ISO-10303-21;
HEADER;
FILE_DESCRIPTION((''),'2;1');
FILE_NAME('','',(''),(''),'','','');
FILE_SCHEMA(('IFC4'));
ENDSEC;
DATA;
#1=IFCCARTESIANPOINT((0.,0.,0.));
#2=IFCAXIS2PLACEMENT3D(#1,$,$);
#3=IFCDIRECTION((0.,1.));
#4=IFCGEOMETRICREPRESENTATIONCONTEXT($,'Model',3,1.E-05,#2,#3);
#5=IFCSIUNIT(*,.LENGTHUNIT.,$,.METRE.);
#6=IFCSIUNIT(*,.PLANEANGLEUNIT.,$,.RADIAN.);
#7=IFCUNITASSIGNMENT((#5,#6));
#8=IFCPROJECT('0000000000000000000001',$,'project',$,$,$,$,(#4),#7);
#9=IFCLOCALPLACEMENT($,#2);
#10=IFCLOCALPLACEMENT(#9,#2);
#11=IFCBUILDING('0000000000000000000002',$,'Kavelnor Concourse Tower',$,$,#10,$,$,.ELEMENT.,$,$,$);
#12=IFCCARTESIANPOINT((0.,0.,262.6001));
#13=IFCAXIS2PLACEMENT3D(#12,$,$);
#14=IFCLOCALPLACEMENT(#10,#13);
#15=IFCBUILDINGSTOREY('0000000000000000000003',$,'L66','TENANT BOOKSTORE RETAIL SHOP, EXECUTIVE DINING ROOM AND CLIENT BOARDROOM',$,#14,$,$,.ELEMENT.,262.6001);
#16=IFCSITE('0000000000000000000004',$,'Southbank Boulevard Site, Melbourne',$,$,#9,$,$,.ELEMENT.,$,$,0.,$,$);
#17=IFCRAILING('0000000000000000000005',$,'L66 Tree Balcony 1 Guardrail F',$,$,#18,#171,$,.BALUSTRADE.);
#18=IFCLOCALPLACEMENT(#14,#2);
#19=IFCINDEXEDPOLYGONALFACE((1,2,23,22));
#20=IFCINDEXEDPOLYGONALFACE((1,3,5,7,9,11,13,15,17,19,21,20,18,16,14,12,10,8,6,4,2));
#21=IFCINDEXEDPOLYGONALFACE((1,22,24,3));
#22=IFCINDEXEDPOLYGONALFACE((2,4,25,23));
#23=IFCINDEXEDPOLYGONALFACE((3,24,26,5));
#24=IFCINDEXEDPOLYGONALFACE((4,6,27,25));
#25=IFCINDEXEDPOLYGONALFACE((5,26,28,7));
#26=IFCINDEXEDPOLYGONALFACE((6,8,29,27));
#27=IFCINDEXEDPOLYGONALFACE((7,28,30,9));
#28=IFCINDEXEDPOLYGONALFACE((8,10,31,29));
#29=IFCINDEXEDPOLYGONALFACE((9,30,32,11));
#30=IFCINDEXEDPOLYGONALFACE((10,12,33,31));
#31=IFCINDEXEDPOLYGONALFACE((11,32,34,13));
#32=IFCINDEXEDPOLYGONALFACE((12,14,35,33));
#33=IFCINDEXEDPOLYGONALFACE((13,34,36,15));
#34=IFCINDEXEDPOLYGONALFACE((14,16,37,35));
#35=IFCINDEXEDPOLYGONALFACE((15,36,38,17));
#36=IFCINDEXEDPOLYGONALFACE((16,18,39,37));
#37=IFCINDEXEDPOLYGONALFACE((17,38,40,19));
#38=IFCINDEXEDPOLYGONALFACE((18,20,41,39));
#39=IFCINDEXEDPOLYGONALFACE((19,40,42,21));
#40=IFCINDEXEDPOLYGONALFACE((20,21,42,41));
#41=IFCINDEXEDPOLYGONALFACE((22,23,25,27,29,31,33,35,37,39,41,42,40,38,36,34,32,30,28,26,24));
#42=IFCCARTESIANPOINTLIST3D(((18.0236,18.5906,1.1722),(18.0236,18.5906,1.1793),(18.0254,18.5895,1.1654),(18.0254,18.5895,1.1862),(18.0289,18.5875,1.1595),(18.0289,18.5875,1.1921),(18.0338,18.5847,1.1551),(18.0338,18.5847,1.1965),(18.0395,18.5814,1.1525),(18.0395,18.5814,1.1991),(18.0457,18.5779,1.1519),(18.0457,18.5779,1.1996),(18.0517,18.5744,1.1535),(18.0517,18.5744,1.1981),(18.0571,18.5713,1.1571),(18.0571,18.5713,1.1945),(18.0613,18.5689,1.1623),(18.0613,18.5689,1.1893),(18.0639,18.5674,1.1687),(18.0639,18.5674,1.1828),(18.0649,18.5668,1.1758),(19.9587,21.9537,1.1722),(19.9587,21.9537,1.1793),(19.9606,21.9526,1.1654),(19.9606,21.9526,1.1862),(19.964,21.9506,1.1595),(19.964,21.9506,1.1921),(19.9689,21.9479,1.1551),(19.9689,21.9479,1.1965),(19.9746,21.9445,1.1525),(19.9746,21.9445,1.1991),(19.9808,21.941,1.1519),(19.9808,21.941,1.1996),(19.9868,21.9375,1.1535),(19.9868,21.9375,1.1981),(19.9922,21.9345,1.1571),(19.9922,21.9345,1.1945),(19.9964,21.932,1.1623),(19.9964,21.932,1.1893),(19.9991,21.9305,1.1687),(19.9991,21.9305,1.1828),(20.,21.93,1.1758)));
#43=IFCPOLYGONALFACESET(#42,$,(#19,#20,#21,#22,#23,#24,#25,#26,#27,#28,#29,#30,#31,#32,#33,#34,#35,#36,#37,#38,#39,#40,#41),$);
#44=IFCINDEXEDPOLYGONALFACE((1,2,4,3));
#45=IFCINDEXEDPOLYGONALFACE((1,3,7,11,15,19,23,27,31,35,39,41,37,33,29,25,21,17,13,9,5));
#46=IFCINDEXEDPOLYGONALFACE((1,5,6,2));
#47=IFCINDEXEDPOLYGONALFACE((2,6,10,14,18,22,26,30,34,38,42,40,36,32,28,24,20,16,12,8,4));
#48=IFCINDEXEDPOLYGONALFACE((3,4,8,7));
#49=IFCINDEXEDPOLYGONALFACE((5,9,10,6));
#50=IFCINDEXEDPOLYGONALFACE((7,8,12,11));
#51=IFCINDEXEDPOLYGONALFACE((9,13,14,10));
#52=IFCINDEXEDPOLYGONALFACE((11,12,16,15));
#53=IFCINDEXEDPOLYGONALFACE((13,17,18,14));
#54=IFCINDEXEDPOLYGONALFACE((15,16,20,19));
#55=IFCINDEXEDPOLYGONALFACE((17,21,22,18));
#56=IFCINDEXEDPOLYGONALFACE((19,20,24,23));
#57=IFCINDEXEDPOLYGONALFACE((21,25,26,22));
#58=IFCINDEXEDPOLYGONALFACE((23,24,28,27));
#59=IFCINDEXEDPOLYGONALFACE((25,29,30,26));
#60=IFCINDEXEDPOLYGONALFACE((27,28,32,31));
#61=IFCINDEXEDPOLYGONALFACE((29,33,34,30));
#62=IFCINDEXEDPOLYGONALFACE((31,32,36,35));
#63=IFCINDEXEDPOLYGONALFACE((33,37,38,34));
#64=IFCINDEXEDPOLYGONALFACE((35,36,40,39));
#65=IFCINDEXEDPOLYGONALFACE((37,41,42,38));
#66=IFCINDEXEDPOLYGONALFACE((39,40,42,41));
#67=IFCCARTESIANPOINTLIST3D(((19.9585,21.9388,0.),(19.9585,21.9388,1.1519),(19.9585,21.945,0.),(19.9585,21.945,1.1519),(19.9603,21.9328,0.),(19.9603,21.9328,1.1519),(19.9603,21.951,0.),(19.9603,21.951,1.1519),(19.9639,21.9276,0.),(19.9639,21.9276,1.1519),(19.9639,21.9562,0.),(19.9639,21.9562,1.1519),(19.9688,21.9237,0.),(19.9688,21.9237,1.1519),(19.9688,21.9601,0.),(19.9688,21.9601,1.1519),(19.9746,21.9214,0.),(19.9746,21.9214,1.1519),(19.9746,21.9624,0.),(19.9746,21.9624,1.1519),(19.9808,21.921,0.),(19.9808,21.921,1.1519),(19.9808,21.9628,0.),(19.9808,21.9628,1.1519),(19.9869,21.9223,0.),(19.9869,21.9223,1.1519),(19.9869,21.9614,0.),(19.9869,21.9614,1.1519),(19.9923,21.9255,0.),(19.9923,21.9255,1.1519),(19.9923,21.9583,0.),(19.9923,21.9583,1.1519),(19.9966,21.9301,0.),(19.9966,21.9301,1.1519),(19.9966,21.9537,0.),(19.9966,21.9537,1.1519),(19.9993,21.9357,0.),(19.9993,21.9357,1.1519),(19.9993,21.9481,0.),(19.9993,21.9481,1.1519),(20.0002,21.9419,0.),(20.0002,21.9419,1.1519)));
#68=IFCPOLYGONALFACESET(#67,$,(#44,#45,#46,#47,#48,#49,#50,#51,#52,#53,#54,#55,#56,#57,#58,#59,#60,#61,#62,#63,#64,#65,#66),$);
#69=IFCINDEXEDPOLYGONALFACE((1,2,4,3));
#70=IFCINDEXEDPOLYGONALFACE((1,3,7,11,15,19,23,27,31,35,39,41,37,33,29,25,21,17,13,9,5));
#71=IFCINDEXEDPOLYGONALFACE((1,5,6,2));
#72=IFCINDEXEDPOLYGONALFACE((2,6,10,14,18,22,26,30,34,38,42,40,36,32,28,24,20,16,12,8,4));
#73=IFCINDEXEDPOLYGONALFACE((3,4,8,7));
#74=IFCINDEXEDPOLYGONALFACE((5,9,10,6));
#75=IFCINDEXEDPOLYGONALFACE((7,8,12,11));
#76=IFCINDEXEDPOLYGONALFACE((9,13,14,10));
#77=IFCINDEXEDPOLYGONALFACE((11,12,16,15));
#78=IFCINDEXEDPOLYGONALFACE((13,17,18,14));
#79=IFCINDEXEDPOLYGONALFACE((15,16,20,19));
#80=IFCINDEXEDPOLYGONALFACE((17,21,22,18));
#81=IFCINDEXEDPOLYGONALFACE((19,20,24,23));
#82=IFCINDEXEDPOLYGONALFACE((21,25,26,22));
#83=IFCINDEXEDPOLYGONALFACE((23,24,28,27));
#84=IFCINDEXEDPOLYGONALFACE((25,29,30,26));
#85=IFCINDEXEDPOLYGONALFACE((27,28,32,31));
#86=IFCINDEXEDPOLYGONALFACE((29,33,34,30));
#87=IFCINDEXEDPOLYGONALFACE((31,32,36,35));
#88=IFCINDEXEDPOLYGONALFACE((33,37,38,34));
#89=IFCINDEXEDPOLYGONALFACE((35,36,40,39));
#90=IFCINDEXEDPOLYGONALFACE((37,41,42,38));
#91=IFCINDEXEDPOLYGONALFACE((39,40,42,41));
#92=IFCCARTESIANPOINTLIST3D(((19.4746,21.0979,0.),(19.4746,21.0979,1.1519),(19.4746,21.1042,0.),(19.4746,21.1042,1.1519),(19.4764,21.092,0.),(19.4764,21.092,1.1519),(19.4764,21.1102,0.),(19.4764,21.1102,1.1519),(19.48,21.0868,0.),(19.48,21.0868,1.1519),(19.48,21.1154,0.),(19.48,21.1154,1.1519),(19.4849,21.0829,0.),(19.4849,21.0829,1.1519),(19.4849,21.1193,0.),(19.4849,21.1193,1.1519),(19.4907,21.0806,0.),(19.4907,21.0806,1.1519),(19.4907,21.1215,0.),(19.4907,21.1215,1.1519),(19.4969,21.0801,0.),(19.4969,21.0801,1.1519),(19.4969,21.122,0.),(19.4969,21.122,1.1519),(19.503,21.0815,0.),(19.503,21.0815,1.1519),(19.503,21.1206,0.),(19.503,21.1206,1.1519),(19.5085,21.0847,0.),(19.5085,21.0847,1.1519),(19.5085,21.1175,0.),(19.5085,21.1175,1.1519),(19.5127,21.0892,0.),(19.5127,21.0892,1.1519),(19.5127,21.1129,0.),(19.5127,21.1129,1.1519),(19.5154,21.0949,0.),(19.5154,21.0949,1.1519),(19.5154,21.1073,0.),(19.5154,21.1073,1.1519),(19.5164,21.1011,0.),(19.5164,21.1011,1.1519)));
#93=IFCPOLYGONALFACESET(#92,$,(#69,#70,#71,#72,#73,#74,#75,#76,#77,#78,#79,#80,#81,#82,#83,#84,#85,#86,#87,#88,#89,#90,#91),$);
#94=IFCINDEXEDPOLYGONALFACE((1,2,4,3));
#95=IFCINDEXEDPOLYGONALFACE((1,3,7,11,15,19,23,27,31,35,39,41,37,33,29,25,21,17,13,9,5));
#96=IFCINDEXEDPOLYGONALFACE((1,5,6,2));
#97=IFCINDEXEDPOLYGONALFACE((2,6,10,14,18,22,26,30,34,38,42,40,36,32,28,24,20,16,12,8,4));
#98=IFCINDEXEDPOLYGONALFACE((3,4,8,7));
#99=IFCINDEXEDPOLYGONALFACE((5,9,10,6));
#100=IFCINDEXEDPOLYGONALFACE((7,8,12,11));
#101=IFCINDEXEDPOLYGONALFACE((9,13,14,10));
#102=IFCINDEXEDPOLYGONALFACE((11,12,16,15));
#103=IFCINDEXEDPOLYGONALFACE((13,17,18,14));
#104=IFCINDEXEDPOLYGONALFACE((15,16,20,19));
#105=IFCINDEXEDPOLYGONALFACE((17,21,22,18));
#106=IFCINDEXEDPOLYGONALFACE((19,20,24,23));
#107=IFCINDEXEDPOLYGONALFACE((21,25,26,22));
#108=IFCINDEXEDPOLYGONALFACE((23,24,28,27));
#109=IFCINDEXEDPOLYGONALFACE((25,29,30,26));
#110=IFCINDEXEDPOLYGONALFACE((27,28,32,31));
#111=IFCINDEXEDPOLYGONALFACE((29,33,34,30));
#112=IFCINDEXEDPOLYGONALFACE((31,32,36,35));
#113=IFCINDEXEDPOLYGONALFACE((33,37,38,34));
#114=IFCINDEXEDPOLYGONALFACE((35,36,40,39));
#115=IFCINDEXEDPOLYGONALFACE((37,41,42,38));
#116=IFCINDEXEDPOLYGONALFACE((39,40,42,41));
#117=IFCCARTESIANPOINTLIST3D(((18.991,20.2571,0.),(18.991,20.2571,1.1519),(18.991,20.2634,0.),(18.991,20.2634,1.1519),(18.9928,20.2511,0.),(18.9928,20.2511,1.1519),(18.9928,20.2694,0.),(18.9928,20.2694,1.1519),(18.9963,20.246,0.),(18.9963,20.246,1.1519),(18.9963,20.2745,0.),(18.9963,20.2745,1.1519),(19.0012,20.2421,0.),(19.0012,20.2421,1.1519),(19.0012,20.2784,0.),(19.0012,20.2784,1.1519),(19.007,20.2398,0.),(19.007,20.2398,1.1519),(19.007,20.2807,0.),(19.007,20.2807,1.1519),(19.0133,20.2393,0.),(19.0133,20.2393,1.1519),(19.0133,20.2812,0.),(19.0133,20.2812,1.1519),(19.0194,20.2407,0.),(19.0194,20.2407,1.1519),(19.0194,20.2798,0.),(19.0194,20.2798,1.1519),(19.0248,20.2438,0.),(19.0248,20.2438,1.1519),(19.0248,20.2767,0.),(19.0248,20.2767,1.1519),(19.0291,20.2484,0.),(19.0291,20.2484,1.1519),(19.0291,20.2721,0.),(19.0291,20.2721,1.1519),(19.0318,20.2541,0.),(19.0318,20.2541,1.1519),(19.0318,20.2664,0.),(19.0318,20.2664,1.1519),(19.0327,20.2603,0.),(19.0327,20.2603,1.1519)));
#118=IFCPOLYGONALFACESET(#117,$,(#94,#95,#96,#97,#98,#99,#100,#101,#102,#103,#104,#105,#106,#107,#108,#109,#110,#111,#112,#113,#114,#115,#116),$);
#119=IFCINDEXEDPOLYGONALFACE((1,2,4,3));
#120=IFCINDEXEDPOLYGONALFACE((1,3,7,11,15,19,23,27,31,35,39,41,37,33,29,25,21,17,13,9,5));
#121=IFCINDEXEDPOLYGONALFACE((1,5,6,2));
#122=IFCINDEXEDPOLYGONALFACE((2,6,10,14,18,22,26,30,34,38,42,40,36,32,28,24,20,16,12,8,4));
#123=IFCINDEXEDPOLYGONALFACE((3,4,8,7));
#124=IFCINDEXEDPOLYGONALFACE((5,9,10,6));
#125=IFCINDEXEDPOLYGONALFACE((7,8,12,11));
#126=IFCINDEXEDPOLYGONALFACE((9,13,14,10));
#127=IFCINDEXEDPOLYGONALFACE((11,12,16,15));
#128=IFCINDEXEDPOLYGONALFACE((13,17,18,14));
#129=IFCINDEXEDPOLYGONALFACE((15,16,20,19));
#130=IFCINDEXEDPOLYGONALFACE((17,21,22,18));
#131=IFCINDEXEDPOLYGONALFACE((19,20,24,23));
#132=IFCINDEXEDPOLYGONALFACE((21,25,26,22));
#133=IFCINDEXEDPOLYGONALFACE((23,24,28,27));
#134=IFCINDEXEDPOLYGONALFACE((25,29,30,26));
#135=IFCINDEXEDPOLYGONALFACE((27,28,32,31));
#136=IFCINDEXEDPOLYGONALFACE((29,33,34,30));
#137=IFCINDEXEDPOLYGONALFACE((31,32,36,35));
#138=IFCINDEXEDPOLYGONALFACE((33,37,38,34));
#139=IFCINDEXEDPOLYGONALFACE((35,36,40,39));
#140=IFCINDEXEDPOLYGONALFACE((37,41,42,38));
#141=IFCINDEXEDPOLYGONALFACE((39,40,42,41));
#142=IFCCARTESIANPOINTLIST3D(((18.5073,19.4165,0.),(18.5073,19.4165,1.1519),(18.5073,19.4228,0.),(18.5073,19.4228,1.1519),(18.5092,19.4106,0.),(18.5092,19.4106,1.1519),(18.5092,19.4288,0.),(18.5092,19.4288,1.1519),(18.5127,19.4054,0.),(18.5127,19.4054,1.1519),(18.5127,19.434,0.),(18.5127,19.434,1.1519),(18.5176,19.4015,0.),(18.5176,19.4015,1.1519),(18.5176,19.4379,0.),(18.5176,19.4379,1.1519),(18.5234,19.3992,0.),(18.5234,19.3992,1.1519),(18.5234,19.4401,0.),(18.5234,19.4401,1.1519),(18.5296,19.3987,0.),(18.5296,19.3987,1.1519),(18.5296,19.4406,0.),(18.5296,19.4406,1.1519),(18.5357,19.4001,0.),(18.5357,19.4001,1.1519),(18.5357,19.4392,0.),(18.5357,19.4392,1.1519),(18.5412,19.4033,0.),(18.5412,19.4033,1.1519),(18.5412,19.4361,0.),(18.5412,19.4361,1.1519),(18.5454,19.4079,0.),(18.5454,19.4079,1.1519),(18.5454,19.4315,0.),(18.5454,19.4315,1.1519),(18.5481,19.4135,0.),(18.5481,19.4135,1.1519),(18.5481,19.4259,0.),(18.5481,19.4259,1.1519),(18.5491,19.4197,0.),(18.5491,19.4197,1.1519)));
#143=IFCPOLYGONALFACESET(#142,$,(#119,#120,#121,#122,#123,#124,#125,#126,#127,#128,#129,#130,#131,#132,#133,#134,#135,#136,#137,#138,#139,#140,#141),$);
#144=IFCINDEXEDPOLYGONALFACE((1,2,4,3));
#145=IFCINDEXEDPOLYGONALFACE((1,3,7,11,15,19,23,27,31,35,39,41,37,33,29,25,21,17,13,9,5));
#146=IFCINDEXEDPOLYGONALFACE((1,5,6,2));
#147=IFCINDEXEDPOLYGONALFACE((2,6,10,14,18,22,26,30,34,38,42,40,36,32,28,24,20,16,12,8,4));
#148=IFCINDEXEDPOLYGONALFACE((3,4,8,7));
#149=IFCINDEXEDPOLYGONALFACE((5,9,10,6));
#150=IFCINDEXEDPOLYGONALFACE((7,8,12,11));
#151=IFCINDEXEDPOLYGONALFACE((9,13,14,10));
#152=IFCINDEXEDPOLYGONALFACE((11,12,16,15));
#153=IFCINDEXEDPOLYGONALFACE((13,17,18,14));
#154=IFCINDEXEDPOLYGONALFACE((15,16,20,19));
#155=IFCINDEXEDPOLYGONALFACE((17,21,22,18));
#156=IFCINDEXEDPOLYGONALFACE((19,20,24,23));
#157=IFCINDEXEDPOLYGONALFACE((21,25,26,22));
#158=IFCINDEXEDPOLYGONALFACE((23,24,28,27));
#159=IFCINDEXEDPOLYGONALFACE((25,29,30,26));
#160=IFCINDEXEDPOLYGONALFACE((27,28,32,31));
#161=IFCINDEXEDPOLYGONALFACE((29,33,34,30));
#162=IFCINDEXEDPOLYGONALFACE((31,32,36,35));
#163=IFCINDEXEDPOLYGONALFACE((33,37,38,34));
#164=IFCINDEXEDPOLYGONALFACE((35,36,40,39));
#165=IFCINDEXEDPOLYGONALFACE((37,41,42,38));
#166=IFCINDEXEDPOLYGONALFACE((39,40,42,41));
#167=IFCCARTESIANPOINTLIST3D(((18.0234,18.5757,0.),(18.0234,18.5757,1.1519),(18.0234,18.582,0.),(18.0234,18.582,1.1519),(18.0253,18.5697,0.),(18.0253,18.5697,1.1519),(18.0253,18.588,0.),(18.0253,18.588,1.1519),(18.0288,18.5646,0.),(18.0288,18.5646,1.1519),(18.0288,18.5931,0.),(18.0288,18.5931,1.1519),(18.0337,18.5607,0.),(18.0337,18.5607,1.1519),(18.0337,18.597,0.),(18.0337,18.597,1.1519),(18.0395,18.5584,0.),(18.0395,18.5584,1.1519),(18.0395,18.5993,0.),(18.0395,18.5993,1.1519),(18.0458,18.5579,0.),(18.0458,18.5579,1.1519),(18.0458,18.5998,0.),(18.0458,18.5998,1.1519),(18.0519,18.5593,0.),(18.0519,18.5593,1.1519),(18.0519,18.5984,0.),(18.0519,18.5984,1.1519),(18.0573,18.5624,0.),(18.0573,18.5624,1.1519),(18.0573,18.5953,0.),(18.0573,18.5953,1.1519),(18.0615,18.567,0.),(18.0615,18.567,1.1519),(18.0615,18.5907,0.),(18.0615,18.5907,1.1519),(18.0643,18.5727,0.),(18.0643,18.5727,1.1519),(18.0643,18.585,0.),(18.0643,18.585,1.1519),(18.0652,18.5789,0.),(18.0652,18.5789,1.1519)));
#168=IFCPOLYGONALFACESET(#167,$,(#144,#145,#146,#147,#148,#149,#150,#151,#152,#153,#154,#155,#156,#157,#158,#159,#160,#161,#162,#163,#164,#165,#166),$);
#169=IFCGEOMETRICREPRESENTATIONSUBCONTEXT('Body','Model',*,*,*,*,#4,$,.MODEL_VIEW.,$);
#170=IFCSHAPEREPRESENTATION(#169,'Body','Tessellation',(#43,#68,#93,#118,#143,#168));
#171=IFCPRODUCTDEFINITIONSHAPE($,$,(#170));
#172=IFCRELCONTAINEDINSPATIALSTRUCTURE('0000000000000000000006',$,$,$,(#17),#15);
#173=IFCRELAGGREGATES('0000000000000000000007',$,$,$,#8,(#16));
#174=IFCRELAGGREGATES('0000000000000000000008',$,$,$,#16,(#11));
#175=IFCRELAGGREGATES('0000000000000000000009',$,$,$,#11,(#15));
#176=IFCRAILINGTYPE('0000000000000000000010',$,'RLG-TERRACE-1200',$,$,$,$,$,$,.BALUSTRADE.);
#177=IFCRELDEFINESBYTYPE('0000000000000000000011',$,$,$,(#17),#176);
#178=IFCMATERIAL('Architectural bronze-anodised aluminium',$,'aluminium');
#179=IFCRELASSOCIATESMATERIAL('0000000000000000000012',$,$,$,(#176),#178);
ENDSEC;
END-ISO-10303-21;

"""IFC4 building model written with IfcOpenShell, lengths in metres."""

from ifc_helpers import new_model, si_unit, direction, frame, origin, origin_2d, place, context, subcontext, project, spatial, circle, extrude, material, type_object, element, save


model = new_model("IFC4")

# Units and contexts
model_context = context("Model", 3, precision=1e-05, world=origin(), true_north=direction((0.0, 1.0)))
body_context = subcontext(model_context, "Body", "Model", "MODEL_VIEW")
ifc_project = project(units=[si_unit("LENGTHUNIT", "METRE"), si_unit("PLANEANGLEUNIT", "RADIAN")], contexts=[model_context])

# Site, building, storey
site_placement = place(None, origin())
site = spatial("IfcSite", under=ifc_project, at=site_placement, Name="Southbank Boulevard Site, Melbourne", CompositionType="ELEMENT", RefElevation=0.0)
building_placement = place(site_placement, origin())
building = spatial("IfcBuilding", under=site, at=building_placement, Name="Kavelnor Concourse Tower", CompositionType="ELEMENT")
storey_placement = place(building_placement, frame((0.0, 0.0, 262.6001)))
storey = spatial("IfcBuildingStorey", under=building, at=storey_placement, Name="L66", Description="TENANT BOOKSTORE RETAIL SHOP, EXECUTIVE DINING ROOM AND CLIENT BOARDROOM", CompositionType="ELEMENT", Elevation=262.6001)

# Railing
ifc_material_1 = material(Name="Architectural bronze-anodised aluminium", Category="aluminium")
railing_type_1 = type_object("IfcRailingType", Name="RLG-TERRACE-1200", PredefinedType="BALUSTRADE", material=ifc_material_1)
railing_1_placement = place(storey_placement, frame((19.9792, 21.9419, 0.0)))
element("IfcRailing", 1, at=railing_1_placement, inside=storey, type_object=railing_type_1, Name="L66 Tree Balcony 1 Guardrail F", PredefinedType="BALUSTRADE", context=body_context, shape_type="SweptSolid", body=[
    extrude(circle(Radius=0.0239, at=origin_2d()), frame((0.0, 0.0, 1.1758), z_axis=(-0.498725, -0.86676, 0.0), x_axis=(0.86676, -0.498725, 0.0)), (0.0, 0.0, 1.0), 3.8801),
    extrude(circle(Radius=0.021, at=origin_2d()), origin(), (0.0, 0.0, 1.0), 1.1519),
    extrude(circle(Radius=0.021, at=origin_2d()), frame((-0.4839, -0.8408, 0.0)), (0.0, 0.0, 1.0), 1.1519),
    extrude(circle(Radius=0.021, at=origin_2d()), frame((-0.9675, -1.6816, 0.0)), (0.0, 0.0, 1.0), 1.1519),
    extrude(circle(Radius=0.021, at=origin_2d()), frame((-1.4512, -2.5222, 0.0)), (0.0, 0.0, 1.0), 1.1519),
    extrude(circle(Radius=0.021, at=origin_2d()), frame((-1.9351, -3.363, 0.0)), (0.0, 0.0, 1.0), 1.1519),
])

save(model, "model.ifc")
